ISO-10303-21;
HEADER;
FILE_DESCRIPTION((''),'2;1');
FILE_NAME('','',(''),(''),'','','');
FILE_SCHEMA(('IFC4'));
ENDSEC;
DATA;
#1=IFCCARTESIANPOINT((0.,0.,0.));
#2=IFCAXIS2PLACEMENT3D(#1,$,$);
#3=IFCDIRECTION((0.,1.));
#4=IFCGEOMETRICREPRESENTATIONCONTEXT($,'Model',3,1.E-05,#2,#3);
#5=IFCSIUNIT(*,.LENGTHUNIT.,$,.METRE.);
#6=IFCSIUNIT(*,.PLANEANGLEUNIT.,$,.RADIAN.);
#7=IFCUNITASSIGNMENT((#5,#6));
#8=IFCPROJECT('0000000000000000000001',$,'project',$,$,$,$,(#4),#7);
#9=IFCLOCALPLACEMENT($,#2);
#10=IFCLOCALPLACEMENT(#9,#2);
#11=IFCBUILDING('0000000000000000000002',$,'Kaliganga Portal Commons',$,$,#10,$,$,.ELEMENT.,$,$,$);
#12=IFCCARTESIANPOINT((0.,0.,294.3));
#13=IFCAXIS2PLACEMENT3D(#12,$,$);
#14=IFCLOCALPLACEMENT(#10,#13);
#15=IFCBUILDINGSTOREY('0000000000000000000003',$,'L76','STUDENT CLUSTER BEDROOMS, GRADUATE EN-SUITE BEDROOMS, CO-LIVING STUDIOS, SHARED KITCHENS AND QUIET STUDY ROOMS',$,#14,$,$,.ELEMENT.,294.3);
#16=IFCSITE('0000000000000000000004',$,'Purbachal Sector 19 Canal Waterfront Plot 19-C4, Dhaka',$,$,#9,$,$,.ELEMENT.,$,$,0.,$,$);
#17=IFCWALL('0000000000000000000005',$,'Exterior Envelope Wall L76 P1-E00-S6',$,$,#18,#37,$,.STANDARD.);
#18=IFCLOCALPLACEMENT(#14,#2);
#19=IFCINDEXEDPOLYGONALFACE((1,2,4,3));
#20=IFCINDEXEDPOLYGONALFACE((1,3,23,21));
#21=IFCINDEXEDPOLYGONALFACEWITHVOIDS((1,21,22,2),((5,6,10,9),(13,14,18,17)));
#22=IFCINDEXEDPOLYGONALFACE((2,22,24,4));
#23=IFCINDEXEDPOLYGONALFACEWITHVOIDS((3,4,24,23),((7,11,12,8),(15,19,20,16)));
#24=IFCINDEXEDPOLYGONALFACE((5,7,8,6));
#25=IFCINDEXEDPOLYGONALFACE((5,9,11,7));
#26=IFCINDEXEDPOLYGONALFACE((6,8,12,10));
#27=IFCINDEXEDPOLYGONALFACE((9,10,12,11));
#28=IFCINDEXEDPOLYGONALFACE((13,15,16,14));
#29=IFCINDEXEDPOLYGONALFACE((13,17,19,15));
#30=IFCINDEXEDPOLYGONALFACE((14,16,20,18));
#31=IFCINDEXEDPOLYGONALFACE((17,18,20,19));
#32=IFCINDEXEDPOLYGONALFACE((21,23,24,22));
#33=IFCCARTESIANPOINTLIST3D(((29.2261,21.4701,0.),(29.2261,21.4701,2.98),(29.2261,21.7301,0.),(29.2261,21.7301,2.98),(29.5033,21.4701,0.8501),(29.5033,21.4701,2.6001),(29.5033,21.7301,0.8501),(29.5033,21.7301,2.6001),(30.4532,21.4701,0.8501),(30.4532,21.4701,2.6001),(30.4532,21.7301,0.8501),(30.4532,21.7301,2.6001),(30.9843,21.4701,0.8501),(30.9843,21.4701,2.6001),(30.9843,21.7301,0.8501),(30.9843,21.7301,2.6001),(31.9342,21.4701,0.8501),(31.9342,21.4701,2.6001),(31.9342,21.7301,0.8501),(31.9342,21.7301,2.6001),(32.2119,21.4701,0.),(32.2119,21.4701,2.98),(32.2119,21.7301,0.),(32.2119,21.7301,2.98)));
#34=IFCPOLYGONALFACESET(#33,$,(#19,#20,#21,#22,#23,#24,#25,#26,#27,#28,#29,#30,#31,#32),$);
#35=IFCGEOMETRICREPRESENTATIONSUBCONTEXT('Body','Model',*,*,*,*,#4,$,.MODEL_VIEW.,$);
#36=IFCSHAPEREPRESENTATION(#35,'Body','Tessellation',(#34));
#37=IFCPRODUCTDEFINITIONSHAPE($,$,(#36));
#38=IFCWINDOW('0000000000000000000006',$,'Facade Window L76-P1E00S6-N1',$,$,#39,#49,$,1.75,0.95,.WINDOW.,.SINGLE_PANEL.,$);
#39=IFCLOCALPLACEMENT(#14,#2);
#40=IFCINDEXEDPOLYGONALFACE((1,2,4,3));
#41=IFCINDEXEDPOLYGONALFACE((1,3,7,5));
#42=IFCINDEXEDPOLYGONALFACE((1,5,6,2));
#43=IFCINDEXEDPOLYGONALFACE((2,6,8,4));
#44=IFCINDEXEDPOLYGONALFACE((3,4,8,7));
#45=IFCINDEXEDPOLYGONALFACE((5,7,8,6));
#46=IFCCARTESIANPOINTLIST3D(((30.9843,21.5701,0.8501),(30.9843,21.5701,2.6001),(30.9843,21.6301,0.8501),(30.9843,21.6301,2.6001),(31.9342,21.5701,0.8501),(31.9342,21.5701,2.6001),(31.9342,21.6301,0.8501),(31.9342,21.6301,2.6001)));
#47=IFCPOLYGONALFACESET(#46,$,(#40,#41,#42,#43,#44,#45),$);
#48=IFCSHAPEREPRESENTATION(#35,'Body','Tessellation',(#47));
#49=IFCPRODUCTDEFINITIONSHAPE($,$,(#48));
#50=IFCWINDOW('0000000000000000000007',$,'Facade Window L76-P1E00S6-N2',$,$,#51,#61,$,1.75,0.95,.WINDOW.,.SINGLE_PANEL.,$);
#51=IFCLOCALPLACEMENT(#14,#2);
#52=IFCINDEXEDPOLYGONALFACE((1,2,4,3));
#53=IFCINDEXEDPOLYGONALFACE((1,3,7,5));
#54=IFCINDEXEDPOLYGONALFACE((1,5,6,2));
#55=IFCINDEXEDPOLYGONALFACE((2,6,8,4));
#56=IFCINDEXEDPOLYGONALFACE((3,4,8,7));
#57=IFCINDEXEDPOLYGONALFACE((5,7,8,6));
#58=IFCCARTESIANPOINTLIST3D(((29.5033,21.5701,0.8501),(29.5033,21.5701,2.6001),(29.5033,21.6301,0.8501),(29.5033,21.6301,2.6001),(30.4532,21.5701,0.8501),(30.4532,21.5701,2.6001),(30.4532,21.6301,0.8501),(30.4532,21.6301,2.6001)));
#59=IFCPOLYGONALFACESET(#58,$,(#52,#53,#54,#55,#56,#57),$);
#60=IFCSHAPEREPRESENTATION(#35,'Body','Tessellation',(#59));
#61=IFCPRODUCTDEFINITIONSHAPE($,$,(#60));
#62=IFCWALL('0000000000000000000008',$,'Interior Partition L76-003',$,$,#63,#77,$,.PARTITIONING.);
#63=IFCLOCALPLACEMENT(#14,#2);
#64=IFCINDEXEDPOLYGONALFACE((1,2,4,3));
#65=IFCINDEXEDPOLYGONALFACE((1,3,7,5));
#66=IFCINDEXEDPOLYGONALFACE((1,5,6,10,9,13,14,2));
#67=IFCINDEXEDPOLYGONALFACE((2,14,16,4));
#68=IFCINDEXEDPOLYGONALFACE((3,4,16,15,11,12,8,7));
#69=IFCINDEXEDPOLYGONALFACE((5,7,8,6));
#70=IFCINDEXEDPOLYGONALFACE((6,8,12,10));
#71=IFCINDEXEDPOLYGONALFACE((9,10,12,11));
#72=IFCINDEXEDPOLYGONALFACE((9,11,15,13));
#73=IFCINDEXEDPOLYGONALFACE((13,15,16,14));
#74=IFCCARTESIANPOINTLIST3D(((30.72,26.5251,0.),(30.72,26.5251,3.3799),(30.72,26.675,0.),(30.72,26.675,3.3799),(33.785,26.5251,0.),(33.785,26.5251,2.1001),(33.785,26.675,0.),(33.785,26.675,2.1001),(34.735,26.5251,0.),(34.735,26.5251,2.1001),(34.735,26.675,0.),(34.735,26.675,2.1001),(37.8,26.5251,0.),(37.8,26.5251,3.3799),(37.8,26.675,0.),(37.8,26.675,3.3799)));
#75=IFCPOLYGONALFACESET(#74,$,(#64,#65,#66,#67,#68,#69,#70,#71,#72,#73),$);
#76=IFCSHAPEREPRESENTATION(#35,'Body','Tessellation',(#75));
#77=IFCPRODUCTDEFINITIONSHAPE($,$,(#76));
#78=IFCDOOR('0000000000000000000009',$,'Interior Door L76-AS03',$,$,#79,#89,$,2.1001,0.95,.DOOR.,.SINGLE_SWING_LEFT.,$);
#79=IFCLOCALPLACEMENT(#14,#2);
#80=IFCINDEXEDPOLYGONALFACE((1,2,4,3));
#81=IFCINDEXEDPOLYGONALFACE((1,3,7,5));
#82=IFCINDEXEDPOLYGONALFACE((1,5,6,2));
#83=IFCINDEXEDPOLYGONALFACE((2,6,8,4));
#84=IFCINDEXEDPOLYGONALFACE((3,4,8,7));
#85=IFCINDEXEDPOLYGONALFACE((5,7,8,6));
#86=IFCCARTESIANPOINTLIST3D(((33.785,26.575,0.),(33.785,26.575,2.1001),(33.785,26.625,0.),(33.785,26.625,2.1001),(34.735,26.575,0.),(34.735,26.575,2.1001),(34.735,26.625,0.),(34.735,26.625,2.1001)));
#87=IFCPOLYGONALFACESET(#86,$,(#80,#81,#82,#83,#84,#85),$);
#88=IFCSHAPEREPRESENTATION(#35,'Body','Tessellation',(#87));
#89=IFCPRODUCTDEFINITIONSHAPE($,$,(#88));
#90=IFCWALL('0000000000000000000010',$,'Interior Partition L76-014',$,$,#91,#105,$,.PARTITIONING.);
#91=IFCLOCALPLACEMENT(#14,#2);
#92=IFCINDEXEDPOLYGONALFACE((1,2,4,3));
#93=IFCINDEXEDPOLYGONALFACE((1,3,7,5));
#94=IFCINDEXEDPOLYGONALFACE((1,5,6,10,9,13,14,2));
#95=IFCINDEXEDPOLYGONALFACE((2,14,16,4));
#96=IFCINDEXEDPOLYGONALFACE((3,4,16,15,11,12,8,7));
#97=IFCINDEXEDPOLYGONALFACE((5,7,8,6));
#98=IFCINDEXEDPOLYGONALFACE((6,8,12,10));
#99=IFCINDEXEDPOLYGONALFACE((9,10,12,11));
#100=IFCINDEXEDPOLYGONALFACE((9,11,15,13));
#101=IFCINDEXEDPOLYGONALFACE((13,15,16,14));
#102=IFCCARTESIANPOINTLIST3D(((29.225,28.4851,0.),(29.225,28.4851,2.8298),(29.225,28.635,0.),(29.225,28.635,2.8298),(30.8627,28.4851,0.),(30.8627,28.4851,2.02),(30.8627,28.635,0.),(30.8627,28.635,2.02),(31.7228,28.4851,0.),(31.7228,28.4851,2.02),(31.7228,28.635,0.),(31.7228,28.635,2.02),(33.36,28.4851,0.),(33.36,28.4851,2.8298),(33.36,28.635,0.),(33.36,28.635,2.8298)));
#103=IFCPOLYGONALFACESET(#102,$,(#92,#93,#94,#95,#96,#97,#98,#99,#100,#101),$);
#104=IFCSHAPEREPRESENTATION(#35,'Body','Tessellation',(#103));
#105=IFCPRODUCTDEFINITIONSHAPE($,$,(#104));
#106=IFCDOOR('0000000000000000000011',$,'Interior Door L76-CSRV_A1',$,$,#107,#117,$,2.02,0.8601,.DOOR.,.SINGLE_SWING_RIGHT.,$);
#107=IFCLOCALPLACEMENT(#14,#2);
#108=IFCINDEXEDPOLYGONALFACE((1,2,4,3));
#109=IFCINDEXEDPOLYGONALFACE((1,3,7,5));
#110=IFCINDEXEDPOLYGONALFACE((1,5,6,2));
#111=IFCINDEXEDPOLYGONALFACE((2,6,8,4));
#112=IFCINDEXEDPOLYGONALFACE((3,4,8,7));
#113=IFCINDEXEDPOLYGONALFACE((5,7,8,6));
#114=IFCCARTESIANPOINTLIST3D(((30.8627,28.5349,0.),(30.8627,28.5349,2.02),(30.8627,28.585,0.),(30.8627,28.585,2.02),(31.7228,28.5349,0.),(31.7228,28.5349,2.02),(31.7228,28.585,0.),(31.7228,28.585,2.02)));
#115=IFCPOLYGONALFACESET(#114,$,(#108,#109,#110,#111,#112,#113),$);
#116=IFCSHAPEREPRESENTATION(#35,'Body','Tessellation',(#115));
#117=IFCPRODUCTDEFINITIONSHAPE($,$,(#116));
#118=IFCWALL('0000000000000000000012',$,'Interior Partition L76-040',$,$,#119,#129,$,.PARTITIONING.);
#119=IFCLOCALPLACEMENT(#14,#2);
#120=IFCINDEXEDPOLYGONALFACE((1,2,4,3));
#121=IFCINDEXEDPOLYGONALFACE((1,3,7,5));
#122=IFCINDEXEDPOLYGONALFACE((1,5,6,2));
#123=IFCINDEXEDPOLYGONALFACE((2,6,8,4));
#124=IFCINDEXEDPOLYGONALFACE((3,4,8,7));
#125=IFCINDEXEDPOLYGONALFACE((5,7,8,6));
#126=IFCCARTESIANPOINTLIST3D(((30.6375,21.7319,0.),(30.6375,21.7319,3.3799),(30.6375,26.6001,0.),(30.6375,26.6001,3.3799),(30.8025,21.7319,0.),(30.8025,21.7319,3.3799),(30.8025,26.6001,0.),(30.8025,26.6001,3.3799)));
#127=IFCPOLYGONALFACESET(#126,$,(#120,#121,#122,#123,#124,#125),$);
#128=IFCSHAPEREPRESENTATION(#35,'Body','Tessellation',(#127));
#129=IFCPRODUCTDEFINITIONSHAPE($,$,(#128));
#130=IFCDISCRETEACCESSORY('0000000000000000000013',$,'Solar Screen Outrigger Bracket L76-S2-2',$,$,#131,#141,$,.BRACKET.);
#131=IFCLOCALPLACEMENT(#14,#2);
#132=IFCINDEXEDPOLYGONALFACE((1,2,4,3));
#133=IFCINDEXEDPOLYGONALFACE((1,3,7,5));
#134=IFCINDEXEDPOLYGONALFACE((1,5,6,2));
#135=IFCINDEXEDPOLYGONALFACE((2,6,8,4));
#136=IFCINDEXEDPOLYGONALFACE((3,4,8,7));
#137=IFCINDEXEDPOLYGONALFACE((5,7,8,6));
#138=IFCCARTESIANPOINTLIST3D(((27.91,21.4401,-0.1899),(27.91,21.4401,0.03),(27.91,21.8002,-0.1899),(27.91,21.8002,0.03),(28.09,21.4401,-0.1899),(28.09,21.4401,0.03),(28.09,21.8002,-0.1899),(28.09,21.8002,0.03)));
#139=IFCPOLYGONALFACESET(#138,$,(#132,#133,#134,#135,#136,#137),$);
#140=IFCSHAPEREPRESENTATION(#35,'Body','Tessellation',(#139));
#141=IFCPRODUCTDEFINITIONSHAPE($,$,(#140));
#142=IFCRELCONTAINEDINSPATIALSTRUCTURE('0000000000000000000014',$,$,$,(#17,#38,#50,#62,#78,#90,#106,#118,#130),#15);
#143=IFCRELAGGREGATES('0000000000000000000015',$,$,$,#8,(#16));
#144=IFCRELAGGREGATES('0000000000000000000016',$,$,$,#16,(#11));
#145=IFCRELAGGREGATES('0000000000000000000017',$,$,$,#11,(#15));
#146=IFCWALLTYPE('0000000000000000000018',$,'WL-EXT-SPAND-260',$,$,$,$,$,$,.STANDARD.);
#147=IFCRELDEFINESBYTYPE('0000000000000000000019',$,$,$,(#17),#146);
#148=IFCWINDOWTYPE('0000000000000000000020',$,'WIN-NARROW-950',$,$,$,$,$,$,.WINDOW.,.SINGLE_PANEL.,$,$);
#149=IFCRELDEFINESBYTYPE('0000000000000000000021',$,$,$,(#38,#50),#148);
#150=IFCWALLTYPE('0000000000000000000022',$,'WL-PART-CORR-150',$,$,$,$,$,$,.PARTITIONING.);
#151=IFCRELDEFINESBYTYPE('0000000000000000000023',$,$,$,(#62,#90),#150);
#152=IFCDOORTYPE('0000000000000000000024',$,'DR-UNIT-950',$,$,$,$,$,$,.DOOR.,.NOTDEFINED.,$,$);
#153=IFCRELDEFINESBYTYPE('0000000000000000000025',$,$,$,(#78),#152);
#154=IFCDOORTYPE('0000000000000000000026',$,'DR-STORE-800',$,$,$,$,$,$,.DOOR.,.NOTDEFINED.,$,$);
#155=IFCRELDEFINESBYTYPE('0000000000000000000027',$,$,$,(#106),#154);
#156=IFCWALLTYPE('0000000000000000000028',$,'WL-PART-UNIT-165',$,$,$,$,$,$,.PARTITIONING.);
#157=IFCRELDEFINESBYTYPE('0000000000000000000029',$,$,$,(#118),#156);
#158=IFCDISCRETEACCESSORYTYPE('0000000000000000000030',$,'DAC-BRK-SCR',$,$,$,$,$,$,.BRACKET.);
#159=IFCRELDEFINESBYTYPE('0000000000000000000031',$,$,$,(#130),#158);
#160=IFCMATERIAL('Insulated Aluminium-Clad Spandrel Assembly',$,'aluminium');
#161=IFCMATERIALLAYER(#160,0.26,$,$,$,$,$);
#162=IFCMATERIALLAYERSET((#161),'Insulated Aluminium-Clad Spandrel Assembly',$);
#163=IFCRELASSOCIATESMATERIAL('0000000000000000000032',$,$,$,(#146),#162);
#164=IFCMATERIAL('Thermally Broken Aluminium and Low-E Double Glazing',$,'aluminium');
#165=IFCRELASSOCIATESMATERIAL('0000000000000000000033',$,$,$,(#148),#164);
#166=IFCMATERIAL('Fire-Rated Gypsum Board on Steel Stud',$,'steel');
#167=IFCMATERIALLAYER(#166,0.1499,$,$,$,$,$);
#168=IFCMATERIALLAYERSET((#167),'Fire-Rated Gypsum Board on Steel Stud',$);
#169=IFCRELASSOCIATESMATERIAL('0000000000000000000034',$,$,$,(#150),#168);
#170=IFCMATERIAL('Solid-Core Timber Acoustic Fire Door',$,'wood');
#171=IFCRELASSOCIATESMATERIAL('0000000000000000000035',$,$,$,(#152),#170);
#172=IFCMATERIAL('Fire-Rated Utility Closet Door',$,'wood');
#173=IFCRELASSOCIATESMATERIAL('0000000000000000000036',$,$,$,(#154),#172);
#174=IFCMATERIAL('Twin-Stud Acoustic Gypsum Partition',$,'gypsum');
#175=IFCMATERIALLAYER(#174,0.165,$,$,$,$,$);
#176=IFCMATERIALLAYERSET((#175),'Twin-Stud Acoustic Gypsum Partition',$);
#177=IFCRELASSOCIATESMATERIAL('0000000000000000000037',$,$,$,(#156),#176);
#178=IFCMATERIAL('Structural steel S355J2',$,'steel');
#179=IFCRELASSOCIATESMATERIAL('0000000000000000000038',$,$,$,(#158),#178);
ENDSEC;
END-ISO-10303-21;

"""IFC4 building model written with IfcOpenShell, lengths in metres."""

from ifc_helpers import new_model, si_unit, direction, frame, frame_2d, origin, origin_2d, place, context, subcontext, project, spatial, rectangle, extrude, source, transform, mapped, material, layer, layer_set, type_object, element, fill, save


model = new_model("IFC4")

# Units and contexts
model_context = context("Model", 3, precision=1e-05, world=origin(), true_north=direction((0.0, 1.0)))
body_context = subcontext(model_context, "Body", "Model", "MODEL_VIEW")
ifc_project = project(units=[si_unit("LENGTHUNIT", "METRE"), si_unit("PLANEANGLEUNIT", "RADIAN")], contexts=[model_context])

# Site, building, storey
site_placement = place(None, origin())
site = spatial("IfcSite", under=ifc_project, at=site_placement, Name="Purbachal Sector 19 Canal Waterfront Plot 19-C4, Dhaka", CompositionType="ELEMENT", RefElevation=0.0)
building_placement = place(site_placement, origin())
building = spatial("IfcBuilding", under=site, at=building_placement, Name="Kaliganga Portal Commons", CompositionType="ELEMENT")
storey_placement = place(building_placement, frame((0.0, 0.0, 294.3)))
storey = spatial("IfcBuildingStorey", under=building, at=storey_placement, Name="L76", Description="STUDENT CLUSTER BEDROOMS, GRADUATE EN-SUITE BEDROOMS, CO-LIVING STUDIOS, SHARED KITCHENS AND QUIET STUDY ROOMS", CompositionType="ELEMENT", Elevation=294.3)

# Shared definitions
ifc_material_1 = material(Name="Structural steel S355J2", Category="steel")

# Shared definitions
ifc_material_2 = material(Name="Insulated Aluminium-Clad Spandrel Assembly", Category="aluminium")
ifc_layer_1 = layer(ifc_material_2, 0.26)
ifc_layer_set_1 = layer_set([ifc_layer_1], Name="Insulated Aluminium-Clad Spandrel Assembly")
wall_type_1 = type_object("IfcWallType", Name="WL-EXT-SPAND-260", PredefinedType="STANDARD", material=ifc_layer_set_1)
ifc_material_3 = material(Name="Thermally Broken Aluminium and Low-E Double Glazing", Category="aluminium")
window_type = type_object("IfcWindowType", Name="WIN-NARROW-950", PartitioningType="SINGLE_PANEL", PredefinedType="WINDOW", material=ifc_material_3)

# Wall, openings, windows
wall_1_placement = place(storey_placement, frame((32.2119, 21.6001, 0.0), z_axis=(0.0, 0.0, 1.0), x_axis=(-1.0, 0.0, 0.0)))
wall_1 = element("IfcWall", 1, at=wall_1_placement, inside=storey, type_object=wall_type_1, Name="Exterior Envelope Wall L76 P1-E00-S6", PredefinedType="STANDARD", context=body_context, shape_type="SweptSolid", body=[
    extrude(rectangle(XDim=2.9858, YDim=0.26, at=frame_2d((1.4929, 0.0))), origin(), (0.0, 0.0, 1.0), 2.98),
])
opening_1_placement = place(wall_1_placement, frame((0.2776, 0.0, 0.8501)))
opening_1 = element("IfcOpeningElement", 2, at=opening_1_placement, cuts=wall_1, PredefinedType="OPENING", context=body_context, shape_type="SweptSolid", body=[
    extrude(rectangle(XDim=0.95, YDim=1.75, at=frame_2d((0.4751, 0.875))), frame((0.0, 0.1401, 0.0), z_axis=(0.0, -1.0, 0.0), x_axis=(1.0, 0.0, 0.0)), (0.0, 0.0, 1.0), 0.28),
])
opening_2_placement = place(wall_1_placement, frame((1.7585, 0.0, 0.8501)))
opening_2 = element("IfcOpeningElement", 3, at=opening_2_placement, cuts=wall_1, PredefinedType="OPENING", context=body_context, shape_type="SweptSolid", body=[
    extrude(rectangle(XDim=0.95, YDim=1.75, at=frame_2d((0.4751, 0.875))), frame((0.0, 0.1401, 0.0), z_axis=(0.0, -1.0, 0.0), x_axis=(1.0, 0.0, 0.0)), (0.0, 0.0, 1.0), 0.28),
])
window_1_placement = place(opening_1_placement, origin())
window_1 = element("IfcWindow", 4, at=window_1_placement, inside=storey, type_object=window_type, Name="Facade Window L76-P1E00S6-N1", OverallHeight=1.75, OverallWidth=0.95, PartitioningType="SINGLE_PANEL", PredefinedType="WINDOW", context=body_context, shape_type="SweptSolid", body=[
    extrude(rectangle(XDim=0.95, YDim=1.75, at=frame_2d((0.4751, 0.875))), frame((0.0, 0.03, 0.0), z_axis=(0.0, -1.0, 0.0), x_axis=(1.0, 0.0, 0.0)), (0.0, 0.0, 1.0), 0.0601),
])
fill(opening_1, window_1)
window_2_placement = place(opening_2_placement, origin())
window_2 = element("IfcWindow", 5, at=window_2_placement, inside=storey, type_object=window_type, Name="Facade Window L76-P1E00S6-N2", OverallHeight=1.75, OverallWidth=0.95, PartitioningType="SINGLE_PANEL", PredefinedType="WINDOW", context=body_context, shape_type="SweptSolid", body=[
    extrude(rectangle(XDim=0.95, YDim=1.75, at=frame_2d((0.4751, 0.875))), frame((0.0, 0.03, 0.0), z_axis=(0.0, -1.0, 0.0), x_axis=(1.0, 0.0, 0.0)), (0.0, 0.0, 1.0), 0.0601),
])
fill(opening_2, window_2)

# Walls, openings, doors
ifc_material_4 = material(Name="Fire-Rated Gypsum Board on Steel Stud", Category="steel")
ifc_layer_2 = layer(ifc_material_4, 0.1499)
ifc_layer_set_2 = layer_set([ifc_layer_2], Name="Fire-Rated Gypsum Board on Steel Stud")
wall_type_2 = type_object("IfcWallType", Name="WL-PART-CORR-150", PredefinedType="PARTITIONING", material=ifc_layer_set_2)
wall_2_placement = place(storey_placement, frame((30.72, 26.6001, 0.0), z_axis=(0.0, 0.0, 1.0), x_axis=(1.0, 0.0, 0.0)))
wall_2 = element("IfcWall", 6, at=wall_2_placement, inside=storey, type_object=wall_type_2, Name="Interior Partition L76-003", PredefinedType="PARTITIONING", context=body_context, shape_type="SweptSolid", body=[
    extrude(rectangle(XDim=7.0801, YDim=0.1499, at=frame_2d((3.54, 0.0))), origin(), (0.0, 0.0, 1.0), 3.3799),
])
opening_3_placement = place(wall_2_placement, frame((3.0649, 0.0, 0.0)))
opening_3 = element("IfcOpeningElement", 7, at=opening_3_placement, cuts=wall_2, PredefinedType="OPENING", context=body_context, shape_type="SweptSolid", body=[
    extrude(rectangle(XDim=0.95, YDim=2.1001, at=frame_2d((0.4751, 1.05))), frame((0.0, 0.085, 0.0), z_axis=(0.0, -1.0, 0.0), x_axis=(1.0, 0.0, 0.0)), (0.0, 0.0, 1.0), 0.1699),
])
ifc_material_5 = material(Name="Solid-Core Timber Acoustic Fire Door", Category="wood")
door_type_1 = type_object("IfcDoorType", Name="DR-UNIT-950", OperationType="NOTDEFINED", PredefinedType="DOOR", material=ifc_material_5)
door_1_placement = place(opening_3_placement, origin())
door_1 = element("IfcDoor", 8, at=door_1_placement, inside=storey, type_object=door_type_1, Name="Interior Door L76-AS03", OperationType="SINGLE_SWING_LEFT", OverallHeight=2.1001, OverallWidth=0.95, PredefinedType="DOOR", context=body_context, shape_type="SweptSolid", body=[
    extrude(rectangle(XDim=0.95, YDim=2.1001, at=frame_2d((0.4751, 1.05))), frame((0.0, 0.0249, 0.0), z_axis=(0.0, -1.0, 0.0), x_axis=(1.0, 0.0, 0.0)), (0.0, 0.0, 1.0), 0.05),
])
fill(opening_3, door_1)
wall_3_placement = place(storey_placement, frame((29.2251, 28.5601, 0.0), z_axis=(0.0, 0.0, 1.0), x_axis=(1.0, 0.0, 0.0)))
wall_3 = element("IfcWall", 9, at=wall_3_placement, inside=storey, type_object=wall_type_2, Name="Interior Partition L76-014", PredefinedType="PARTITIONING", context=body_context, shape_type="SweptSolid", body=[
    extrude(rectangle(XDim=4.135, YDim=0.1499, at=frame_2d((2.0674, 0.0))), origin(), (0.0, 0.0, 1.0), 2.8298),
])
opening_4_placement = place(wall_3_placement, frame((1.6375, 0.0, 0.0)))
opening_4 = element("IfcOpeningElement", 10, at=opening_4_placement, cuts=wall_3, PredefinedType="OPENING", context=body_context, shape_type="SweptSolid", body=[
    extrude(rectangle(XDim=0.8601, YDim=2.02, at=frame_2d((0.4302, 1.01))), frame((0.0, 0.085, 0.0), z_axis=(0.0, -1.0, 0.0), x_axis=(1.0, 0.0, 0.0)), (0.0, 0.0, 1.0), 0.1699),
])
ifc_material_6 = material(Name="Fire-Rated Utility Closet Door", Category="wood")
door_type_2 = type_object("IfcDoorType", Name="DR-STORE-800", OperationType="NOTDEFINED", PredefinedType="DOOR", material=ifc_material_6)
door_2_placement = place(opening_4_placement, origin())
door_2 = element("IfcDoor", 11, at=door_2_placement, inside=storey, type_object=door_type_2, Name="Interior Door L76-CSRV_A1", OperationType="SINGLE_SWING_RIGHT", OverallHeight=2.02, OverallWidth=0.8601, PredefinedType="DOOR", context=body_context, shape_type="SweptSolid", body=[
    extrude(rectangle(XDim=0.8601, YDim=2.02, at=frame_2d((0.4302, 1.01))), frame((0.0, 0.0249, 0.0), z_axis=(0.0, -1.0, 0.0), x_axis=(1.0, 0.0, 0.0)), (0.0, 0.0, 1.0), 0.05),
])
fill(opening_4, door_2)

# Wall
ifc_material_7 = material(Name="Twin-Stud Acoustic Gypsum Partition", Category="gypsum")
ifc_layer_3 = layer(ifc_material_7, 0.165)
ifc_layer_set_3 = layer_set([ifc_layer_3], Name="Twin-Stud Acoustic Gypsum Partition")
wall_type_3 = type_object("IfcWallType", Name="WL-PART-UNIT-165", PredefinedType="PARTITIONING", material=ifc_layer_set_3)
wall_4_placement = place(storey_placement, frame((30.72, 21.7319, 0.0), z_axis=(0.0, 0.0, 1.0), x_axis=(0.0, 1.0, 0.0)))
element("IfcWall", 12, at=wall_4_placement, inside=storey, type_object=wall_type_3, Name="Interior Partition L76-040", PredefinedType="PARTITIONING", context=body_context, shape_type="SweptSolid", body=[
    extrude(rectangle(XDim=4.8682, YDim=0.165, at=frame_2d((2.4341, 0.0))), origin(), (0.0, 0.0, 1.0), 3.3799),
])

# Discrete accessory
discrete_accessory_type = type_object("IfcDiscreteAccessoryType", Name="DAC-BRK-SCR", PredefinedType="BRACKET", material=ifc_material_1)
shared_shape_1 = source(origin(), body_context, "Body", "SweptSolid", [
    extrude(rectangle(XDim=0.1799, YDim=0.3601, at=origin_2d()), origin(), (0.0, 0.0, 1.0), 0.22),
])
discrete_accessory_placement = place(storey_placement, frame((28.0, 21.6201, -0.1899), z_axis=(0.0, 0.0, 1.0), x_axis=(1.0, 0.0, 0.0)))
element("IfcDiscreteAccessory", 13, at=discrete_accessory_placement, inside=storey, type_object=discrete_accessory_type, Name="Solar Screen Outrigger Bracket L76-S2-2", PredefinedType="BRACKET", context=body_context, shape_type="MappedRepresentation", body=[
    mapped(shared_shape_1, transform((0.0, 0.0, 0.0), x_axis=(1.0, 0.0, 0.0), y_axis=(0.0, 1.0, 0.0), z_axis=(0.0, 0.0, 1.0), scale=1.0)),
])

save(model, "model.ifc")
